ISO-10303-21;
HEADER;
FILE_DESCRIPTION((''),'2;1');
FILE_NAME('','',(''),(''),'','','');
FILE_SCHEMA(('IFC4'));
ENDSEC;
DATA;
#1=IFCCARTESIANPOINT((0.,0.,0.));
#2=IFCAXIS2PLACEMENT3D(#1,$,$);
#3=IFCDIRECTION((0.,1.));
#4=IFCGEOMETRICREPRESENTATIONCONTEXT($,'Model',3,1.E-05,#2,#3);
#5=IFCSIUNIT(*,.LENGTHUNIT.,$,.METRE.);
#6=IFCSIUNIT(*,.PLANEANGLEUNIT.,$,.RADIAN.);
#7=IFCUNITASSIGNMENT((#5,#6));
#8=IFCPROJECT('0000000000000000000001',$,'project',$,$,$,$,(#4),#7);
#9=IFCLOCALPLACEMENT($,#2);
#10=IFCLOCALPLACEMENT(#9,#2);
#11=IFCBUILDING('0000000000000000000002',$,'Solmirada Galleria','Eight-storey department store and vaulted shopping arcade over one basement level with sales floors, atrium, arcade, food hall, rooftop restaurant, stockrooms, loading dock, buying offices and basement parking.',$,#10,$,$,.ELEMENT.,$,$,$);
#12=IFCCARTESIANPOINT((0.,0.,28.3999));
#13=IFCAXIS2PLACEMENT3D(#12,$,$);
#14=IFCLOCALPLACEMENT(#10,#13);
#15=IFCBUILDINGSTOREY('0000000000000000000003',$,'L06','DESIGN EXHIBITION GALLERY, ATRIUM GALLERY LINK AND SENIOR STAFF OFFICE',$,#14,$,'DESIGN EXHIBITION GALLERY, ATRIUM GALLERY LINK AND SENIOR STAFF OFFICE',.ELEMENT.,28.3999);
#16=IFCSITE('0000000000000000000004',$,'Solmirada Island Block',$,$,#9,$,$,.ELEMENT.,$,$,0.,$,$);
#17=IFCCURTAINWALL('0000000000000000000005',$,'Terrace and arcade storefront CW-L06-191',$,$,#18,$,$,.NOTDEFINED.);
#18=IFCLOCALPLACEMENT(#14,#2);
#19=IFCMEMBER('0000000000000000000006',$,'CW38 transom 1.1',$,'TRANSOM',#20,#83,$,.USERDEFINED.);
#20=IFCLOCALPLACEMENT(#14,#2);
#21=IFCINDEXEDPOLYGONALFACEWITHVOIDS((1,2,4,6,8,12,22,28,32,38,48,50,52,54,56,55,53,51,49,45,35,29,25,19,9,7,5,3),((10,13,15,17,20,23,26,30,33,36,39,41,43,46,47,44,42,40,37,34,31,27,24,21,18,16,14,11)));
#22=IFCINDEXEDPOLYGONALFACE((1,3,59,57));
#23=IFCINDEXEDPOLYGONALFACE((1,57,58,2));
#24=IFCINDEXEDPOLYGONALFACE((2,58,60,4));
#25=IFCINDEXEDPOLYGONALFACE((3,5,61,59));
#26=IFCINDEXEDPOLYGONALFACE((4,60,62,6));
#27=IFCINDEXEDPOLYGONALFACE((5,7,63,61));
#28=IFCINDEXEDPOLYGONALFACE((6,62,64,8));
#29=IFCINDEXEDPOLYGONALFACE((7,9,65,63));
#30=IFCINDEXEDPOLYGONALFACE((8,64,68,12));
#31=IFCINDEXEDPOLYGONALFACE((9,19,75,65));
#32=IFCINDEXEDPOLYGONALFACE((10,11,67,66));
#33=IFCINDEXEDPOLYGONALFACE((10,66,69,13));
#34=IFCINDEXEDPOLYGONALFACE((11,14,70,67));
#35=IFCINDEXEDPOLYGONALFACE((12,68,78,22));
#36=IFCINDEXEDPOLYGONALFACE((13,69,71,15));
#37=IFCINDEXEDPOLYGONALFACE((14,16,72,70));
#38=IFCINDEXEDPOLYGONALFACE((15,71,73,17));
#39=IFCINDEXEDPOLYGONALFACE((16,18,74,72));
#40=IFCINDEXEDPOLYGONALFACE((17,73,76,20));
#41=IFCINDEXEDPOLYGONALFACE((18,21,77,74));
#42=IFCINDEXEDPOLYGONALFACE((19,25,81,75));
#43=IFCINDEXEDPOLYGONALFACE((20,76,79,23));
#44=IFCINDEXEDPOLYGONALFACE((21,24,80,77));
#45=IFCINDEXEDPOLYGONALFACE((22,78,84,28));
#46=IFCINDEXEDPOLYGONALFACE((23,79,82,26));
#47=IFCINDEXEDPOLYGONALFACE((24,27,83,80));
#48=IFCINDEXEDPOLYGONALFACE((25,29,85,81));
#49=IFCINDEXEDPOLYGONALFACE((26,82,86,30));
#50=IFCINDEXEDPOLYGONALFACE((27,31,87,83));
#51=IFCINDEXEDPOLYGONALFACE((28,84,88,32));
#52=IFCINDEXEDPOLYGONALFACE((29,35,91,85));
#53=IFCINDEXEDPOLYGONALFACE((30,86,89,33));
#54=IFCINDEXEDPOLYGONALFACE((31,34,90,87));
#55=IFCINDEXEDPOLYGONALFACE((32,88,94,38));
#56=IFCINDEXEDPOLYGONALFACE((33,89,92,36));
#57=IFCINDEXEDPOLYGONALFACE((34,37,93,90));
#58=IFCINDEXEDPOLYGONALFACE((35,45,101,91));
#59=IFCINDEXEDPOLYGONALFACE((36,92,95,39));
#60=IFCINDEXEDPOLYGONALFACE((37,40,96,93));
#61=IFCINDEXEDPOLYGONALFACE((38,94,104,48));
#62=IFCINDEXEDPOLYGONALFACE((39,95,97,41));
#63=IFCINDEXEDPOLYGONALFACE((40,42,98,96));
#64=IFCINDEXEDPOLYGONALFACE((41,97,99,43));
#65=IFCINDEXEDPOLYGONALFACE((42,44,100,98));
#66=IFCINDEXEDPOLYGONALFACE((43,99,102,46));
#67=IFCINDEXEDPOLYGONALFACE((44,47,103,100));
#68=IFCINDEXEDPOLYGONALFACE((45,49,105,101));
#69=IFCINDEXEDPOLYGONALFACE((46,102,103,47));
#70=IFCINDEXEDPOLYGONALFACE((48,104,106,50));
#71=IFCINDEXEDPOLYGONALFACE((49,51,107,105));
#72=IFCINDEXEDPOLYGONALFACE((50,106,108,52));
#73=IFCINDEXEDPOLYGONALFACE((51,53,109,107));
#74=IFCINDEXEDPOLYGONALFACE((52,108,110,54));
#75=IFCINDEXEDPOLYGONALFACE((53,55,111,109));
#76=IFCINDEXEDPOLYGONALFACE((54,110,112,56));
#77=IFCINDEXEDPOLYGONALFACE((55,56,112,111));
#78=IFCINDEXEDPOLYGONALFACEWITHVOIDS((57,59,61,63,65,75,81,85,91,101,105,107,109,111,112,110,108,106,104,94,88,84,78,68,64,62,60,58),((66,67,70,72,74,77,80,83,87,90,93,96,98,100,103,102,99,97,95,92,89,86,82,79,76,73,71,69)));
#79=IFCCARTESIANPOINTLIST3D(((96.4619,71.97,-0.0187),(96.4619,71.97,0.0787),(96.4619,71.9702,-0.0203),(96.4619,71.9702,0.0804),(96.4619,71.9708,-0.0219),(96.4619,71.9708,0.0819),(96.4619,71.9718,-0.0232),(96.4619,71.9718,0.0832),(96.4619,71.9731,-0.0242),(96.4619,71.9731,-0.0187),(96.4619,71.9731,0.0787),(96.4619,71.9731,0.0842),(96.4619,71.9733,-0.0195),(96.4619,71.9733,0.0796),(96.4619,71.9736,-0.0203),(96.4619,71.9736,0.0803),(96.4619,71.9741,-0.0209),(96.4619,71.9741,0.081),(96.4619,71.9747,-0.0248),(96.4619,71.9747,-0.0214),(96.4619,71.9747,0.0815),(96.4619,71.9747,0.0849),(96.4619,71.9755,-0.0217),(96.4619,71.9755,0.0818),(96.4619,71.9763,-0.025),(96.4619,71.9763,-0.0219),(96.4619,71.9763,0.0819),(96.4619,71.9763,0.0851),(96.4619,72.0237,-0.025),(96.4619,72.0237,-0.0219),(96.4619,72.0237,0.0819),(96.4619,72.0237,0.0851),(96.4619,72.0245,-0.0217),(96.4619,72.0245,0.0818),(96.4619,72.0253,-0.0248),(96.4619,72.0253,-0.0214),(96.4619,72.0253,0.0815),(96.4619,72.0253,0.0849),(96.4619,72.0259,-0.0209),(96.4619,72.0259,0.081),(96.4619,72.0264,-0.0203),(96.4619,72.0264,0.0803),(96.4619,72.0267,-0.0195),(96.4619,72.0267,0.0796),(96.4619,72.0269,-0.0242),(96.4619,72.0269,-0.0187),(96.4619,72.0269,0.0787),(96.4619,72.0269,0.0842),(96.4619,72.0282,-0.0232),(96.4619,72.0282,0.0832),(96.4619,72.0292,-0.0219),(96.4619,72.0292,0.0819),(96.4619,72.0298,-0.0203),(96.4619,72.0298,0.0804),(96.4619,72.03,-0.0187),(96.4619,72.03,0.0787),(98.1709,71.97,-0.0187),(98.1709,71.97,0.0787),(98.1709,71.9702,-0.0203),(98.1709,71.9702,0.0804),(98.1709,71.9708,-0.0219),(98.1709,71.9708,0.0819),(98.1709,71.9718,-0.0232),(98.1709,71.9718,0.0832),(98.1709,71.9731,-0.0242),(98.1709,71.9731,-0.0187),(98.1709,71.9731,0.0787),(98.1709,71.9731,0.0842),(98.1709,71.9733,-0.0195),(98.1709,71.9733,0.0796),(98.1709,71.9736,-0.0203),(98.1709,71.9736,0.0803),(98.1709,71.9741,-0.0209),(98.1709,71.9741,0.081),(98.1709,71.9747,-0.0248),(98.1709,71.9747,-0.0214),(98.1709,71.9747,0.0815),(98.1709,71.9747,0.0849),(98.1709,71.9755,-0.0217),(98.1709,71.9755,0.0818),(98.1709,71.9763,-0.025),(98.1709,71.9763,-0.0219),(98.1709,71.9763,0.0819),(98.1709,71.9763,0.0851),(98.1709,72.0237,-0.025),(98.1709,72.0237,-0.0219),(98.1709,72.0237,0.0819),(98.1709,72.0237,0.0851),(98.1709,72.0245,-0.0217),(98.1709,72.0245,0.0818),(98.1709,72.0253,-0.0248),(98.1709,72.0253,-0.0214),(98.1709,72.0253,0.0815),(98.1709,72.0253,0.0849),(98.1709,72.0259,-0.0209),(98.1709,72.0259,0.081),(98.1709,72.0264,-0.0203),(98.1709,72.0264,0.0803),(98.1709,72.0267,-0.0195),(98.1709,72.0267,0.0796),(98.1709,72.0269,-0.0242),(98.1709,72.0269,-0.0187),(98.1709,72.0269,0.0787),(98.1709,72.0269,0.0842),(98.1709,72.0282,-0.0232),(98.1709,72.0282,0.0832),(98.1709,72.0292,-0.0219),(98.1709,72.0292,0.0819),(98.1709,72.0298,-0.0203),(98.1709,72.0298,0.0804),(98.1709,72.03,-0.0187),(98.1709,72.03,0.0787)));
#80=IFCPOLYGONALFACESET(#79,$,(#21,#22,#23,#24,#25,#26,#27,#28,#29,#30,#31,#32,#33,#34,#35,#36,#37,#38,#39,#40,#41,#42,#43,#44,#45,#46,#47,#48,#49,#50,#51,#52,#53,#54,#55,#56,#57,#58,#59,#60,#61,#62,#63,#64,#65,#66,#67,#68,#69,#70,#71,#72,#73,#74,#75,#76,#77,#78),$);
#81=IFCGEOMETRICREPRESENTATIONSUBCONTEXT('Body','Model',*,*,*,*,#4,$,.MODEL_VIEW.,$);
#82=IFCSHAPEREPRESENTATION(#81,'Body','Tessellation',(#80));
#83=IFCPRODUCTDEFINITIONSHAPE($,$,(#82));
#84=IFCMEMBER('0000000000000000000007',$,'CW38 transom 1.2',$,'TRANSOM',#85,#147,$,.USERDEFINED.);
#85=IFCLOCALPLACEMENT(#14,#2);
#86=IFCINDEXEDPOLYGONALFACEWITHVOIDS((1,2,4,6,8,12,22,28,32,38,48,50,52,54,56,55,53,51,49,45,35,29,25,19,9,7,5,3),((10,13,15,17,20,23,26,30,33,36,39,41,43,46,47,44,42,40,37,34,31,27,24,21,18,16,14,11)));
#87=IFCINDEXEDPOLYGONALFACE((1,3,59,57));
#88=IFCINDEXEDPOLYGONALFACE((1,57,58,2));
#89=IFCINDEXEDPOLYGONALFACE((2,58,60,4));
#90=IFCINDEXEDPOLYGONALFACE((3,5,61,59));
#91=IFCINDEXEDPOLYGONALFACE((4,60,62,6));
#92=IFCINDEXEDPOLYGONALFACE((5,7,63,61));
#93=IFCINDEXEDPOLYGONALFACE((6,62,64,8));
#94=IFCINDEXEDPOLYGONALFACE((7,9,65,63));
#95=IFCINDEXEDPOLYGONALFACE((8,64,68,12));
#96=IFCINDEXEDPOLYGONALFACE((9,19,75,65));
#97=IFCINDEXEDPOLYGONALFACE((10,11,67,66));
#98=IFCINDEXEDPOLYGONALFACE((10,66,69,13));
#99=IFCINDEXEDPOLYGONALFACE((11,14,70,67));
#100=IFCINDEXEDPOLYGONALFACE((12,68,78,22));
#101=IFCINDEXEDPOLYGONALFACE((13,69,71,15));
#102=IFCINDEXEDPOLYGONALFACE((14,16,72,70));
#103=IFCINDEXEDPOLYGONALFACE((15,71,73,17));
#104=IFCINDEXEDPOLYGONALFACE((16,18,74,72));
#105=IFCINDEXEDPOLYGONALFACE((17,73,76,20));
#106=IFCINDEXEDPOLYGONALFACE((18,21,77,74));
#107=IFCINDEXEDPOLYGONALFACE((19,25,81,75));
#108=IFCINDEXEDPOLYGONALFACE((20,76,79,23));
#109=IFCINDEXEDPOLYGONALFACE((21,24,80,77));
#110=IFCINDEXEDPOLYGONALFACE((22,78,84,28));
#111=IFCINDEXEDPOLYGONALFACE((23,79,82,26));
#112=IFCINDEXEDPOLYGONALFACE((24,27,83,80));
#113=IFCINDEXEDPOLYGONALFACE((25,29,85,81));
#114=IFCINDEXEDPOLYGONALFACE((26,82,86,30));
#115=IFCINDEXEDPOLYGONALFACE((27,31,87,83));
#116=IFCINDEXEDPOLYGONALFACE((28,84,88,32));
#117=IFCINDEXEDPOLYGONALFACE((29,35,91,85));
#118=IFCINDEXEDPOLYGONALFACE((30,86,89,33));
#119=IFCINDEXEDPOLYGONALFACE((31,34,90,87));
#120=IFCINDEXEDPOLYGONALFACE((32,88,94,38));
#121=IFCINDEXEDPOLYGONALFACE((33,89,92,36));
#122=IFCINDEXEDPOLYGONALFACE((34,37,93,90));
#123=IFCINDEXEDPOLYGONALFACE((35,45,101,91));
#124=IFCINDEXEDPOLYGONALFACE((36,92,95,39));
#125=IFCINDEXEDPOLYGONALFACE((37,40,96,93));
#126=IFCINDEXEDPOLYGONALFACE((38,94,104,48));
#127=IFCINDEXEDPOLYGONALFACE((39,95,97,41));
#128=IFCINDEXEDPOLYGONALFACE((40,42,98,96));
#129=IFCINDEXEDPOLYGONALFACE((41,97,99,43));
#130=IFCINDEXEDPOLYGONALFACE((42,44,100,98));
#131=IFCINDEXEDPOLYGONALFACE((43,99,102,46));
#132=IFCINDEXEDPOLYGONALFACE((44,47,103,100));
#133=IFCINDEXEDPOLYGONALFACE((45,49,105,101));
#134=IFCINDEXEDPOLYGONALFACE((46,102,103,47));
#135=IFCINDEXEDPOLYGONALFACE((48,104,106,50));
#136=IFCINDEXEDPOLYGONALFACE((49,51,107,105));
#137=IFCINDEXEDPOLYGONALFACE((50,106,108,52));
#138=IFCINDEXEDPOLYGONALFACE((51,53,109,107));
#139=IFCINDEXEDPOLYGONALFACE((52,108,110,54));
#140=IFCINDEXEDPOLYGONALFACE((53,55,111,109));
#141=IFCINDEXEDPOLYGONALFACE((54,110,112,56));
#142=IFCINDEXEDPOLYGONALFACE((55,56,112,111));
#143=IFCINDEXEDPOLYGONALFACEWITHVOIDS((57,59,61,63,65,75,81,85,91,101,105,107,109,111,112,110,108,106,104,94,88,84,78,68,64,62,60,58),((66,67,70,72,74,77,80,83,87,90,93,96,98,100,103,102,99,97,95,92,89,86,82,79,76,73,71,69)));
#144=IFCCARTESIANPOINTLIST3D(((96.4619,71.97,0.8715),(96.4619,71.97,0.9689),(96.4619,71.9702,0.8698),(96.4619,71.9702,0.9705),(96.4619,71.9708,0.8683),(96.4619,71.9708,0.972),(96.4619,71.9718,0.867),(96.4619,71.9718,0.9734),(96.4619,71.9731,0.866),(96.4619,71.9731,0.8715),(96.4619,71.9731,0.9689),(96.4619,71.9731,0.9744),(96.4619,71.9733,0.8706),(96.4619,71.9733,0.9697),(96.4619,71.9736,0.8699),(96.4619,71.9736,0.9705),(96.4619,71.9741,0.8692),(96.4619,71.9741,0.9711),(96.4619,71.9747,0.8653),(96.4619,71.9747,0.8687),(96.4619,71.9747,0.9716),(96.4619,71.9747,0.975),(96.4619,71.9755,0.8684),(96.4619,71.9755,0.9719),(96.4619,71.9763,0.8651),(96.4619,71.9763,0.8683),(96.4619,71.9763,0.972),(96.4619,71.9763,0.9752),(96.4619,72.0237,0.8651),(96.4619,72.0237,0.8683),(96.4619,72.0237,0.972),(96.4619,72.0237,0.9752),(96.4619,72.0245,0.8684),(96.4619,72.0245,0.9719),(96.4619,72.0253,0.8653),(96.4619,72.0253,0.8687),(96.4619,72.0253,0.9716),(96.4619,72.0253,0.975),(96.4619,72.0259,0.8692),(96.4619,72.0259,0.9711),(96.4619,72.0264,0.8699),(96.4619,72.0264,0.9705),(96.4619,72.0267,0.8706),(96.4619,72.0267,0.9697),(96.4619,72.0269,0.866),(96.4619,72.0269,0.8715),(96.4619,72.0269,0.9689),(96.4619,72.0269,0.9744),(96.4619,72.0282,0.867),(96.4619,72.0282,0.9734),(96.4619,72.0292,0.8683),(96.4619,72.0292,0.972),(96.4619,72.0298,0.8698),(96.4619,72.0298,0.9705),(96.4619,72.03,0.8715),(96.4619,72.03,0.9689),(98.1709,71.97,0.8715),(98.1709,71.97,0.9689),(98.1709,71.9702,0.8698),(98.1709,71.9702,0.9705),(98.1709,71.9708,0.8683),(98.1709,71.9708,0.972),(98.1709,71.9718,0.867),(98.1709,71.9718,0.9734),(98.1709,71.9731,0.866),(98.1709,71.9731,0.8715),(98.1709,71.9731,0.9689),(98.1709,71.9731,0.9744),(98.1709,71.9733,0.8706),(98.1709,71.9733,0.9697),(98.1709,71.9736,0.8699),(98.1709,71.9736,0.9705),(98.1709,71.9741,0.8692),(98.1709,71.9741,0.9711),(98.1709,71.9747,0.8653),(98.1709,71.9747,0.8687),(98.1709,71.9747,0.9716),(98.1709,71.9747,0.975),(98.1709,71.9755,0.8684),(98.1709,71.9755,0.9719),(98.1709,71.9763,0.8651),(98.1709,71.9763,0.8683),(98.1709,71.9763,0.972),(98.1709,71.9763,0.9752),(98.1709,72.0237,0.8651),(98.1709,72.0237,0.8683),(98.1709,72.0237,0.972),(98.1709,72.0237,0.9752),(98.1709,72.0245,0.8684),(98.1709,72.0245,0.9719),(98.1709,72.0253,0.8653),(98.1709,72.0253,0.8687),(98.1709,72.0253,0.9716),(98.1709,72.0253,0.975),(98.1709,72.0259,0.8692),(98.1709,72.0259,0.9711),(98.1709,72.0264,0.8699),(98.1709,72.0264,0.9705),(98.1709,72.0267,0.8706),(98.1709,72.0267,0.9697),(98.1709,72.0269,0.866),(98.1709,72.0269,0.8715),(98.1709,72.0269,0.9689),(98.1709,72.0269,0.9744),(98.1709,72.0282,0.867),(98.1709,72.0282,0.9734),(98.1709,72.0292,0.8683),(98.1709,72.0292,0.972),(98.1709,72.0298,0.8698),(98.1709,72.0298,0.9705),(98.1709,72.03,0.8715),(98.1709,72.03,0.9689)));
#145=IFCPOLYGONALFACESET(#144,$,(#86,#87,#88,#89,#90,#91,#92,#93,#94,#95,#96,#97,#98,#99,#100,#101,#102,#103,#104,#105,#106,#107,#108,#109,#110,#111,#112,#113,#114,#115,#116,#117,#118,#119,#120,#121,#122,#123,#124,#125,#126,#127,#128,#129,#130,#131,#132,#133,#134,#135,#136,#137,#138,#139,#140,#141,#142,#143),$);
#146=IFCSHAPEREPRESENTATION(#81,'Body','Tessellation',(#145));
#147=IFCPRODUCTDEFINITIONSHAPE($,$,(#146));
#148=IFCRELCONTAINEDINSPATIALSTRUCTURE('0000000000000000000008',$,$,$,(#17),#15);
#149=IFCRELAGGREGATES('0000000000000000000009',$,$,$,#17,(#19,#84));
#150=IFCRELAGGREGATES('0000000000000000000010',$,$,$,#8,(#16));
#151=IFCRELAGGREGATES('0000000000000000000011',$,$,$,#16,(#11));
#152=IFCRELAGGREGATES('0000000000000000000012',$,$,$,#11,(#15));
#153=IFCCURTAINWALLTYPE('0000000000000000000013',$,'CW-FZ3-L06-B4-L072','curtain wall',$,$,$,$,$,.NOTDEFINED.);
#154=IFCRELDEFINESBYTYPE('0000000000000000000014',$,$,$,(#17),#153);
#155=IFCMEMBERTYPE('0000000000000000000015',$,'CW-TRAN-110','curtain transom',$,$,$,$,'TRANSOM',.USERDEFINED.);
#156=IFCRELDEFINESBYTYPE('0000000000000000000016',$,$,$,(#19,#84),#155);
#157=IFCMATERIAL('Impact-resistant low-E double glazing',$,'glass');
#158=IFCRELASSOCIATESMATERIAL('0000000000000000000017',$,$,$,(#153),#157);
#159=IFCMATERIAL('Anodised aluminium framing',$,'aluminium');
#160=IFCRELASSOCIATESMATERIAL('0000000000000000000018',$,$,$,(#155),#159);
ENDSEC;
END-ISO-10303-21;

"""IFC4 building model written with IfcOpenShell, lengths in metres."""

from ifc_helpers import new_model, si_unit, direction, frame, origin, origin_2d, place, context, subcontext, project, spatial, hollow_rectangle, extrude, material, material_profile, profile_set, type_object, element, aggregate, save


model = new_model("IFC4")

# Units and contexts
model_context = context("Model", 3, precision=1e-05, world=origin(), true_north=direction((0.0, 1.0)))
body_context = subcontext(model_context, "Body", "Model", "MODEL_VIEW")
ifc_project = project(units=[si_unit("LENGTHUNIT", "METRE"), si_unit("PLANEANGLEUNIT", "RADIAN")], contexts=[model_context])

# Site, building, storey
site_placement = place(None, origin())
site = spatial("IfcSite", under=ifc_project, at=site_placement, Name="Solmirada Island Block", CompositionType="ELEMENT", RefElevation=0.0)
building_placement = place(site_placement, origin())
building = spatial("IfcBuilding", under=site, at=building_placement, Name="Solmirada Galleria", Description="Eight-storey department store and vaulted shopping arcade over one basement level with sales floors, atrium, arcade, food hall, rooftop restaurant, stockrooms, loading dock, buying offices and basement parking.", CompositionType="ELEMENT")
storey_placement = place(building_placement, frame((0.0, 0.0, 28.3999)))
storey = spatial("IfcBuildingStorey", under=building, at=storey_placement, Name="L06", Description="DESIGN EXHIBITION GALLERY, ATRIUM GALLERY LINK AND SENIOR STAFF OFFICE", LongName="DESIGN EXHIBITION GALLERY, ATRIUM GALLERY LINK AND SENIOR STAFF OFFICE", CompositionType="ELEMENT", Elevation=28.3999)

# Shared definitions
ifc_material_1 = material(Name="Impact-resistant low-E double glazing", Category="glass")
curtain_wall_type = type_object("IfcCurtainWallType", Name="CW-FZ3-L06-B4-L072", Description="curtain wall", PredefinedType="NOTDEFINED", material=ifc_material_1)
ifc_material_2 = material(Name="Anodised aluminium framing", Category="aluminium")

# Curtain wall
curtain_wall_1_placement = place(storey_placement, origin())
curtain_wall_1 = element("IfcCurtainWall", 1, at=curtain_wall_1_placement, inside=storey, type_object=curtain_wall_type, Name="Terrace and arcade storefront CW-L06-191", PredefinedType="NOTDEFINED")

# Members
ifc_material_profile_1 = material_profile(ifc_material_2, hollow_rectangle(XDim=0.0601, YDim=0.1101, WallThickness=0.0032, InnerFilletRadius=0.0032, OuterFilletRadius=0.0063, at=origin_2d()), Name="ALU-TRAN-110X60")
ifc_profile_set_1 = profile_set([ifc_material_profile_1], Name="Anodised aluminium framing")
member_type_1 = type_object("IfcMemberType", Name="CW-TRAN-110", Description="curtain transom", ElementType="TRANSOM", PredefinedType="USERDEFINED", material=ifc_profile_set_1)
member_1_placement = place(storey_placement, frame((96.4619, 72.0, 0.03), z_axis=(1.0, 0.0, 0.0), x_axis=(0.0, 1.0, 0.0)))
member_1 = element("IfcMember", 2, at=member_1_placement, type_object=member_type_1, Name="CW38 transom 1.1", ObjectType="TRANSOM", PredefinedType="USERDEFINED", context=body_context, shape_type="SweptSolid", body=[
    extrude(hollow_rectangle(XDim=0.0601, YDim=0.1101, WallThickness=0.0032, InnerFilletRadius=0.0032, OuterFilletRadius=0.0063, at=origin_2d()), origin(), (0.0, 0.0, 1.0), 1.709),
])
member_2_placement = place(storey_placement, frame((96.4619, 72.0, 0.9202), z_axis=(1.0, 0.0, 0.0), x_axis=(0.0, 1.0, 0.0)))
member_2 = element("IfcMember", 3, at=member_2_placement, type_object=member_type_1, Name="CW38 transom 1.2", ObjectType="TRANSOM", PredefinedType="USERDEFINED", context=body_context, shape_type="SweptSolid", body=[
    extrude(hollow_rectangle(XDim=0.0601, YDim=0.1101, WallThickness=0.0032, InnerFilletRadius=0.0032, OuterFilletRadius=0.0063, at=origin_2d()), origin(), (0.0, 0.0, 1.0), 1.709),
])

aggregate(curtain_wall_1, [member_1, member_2])

save(model, "model.ifc")
